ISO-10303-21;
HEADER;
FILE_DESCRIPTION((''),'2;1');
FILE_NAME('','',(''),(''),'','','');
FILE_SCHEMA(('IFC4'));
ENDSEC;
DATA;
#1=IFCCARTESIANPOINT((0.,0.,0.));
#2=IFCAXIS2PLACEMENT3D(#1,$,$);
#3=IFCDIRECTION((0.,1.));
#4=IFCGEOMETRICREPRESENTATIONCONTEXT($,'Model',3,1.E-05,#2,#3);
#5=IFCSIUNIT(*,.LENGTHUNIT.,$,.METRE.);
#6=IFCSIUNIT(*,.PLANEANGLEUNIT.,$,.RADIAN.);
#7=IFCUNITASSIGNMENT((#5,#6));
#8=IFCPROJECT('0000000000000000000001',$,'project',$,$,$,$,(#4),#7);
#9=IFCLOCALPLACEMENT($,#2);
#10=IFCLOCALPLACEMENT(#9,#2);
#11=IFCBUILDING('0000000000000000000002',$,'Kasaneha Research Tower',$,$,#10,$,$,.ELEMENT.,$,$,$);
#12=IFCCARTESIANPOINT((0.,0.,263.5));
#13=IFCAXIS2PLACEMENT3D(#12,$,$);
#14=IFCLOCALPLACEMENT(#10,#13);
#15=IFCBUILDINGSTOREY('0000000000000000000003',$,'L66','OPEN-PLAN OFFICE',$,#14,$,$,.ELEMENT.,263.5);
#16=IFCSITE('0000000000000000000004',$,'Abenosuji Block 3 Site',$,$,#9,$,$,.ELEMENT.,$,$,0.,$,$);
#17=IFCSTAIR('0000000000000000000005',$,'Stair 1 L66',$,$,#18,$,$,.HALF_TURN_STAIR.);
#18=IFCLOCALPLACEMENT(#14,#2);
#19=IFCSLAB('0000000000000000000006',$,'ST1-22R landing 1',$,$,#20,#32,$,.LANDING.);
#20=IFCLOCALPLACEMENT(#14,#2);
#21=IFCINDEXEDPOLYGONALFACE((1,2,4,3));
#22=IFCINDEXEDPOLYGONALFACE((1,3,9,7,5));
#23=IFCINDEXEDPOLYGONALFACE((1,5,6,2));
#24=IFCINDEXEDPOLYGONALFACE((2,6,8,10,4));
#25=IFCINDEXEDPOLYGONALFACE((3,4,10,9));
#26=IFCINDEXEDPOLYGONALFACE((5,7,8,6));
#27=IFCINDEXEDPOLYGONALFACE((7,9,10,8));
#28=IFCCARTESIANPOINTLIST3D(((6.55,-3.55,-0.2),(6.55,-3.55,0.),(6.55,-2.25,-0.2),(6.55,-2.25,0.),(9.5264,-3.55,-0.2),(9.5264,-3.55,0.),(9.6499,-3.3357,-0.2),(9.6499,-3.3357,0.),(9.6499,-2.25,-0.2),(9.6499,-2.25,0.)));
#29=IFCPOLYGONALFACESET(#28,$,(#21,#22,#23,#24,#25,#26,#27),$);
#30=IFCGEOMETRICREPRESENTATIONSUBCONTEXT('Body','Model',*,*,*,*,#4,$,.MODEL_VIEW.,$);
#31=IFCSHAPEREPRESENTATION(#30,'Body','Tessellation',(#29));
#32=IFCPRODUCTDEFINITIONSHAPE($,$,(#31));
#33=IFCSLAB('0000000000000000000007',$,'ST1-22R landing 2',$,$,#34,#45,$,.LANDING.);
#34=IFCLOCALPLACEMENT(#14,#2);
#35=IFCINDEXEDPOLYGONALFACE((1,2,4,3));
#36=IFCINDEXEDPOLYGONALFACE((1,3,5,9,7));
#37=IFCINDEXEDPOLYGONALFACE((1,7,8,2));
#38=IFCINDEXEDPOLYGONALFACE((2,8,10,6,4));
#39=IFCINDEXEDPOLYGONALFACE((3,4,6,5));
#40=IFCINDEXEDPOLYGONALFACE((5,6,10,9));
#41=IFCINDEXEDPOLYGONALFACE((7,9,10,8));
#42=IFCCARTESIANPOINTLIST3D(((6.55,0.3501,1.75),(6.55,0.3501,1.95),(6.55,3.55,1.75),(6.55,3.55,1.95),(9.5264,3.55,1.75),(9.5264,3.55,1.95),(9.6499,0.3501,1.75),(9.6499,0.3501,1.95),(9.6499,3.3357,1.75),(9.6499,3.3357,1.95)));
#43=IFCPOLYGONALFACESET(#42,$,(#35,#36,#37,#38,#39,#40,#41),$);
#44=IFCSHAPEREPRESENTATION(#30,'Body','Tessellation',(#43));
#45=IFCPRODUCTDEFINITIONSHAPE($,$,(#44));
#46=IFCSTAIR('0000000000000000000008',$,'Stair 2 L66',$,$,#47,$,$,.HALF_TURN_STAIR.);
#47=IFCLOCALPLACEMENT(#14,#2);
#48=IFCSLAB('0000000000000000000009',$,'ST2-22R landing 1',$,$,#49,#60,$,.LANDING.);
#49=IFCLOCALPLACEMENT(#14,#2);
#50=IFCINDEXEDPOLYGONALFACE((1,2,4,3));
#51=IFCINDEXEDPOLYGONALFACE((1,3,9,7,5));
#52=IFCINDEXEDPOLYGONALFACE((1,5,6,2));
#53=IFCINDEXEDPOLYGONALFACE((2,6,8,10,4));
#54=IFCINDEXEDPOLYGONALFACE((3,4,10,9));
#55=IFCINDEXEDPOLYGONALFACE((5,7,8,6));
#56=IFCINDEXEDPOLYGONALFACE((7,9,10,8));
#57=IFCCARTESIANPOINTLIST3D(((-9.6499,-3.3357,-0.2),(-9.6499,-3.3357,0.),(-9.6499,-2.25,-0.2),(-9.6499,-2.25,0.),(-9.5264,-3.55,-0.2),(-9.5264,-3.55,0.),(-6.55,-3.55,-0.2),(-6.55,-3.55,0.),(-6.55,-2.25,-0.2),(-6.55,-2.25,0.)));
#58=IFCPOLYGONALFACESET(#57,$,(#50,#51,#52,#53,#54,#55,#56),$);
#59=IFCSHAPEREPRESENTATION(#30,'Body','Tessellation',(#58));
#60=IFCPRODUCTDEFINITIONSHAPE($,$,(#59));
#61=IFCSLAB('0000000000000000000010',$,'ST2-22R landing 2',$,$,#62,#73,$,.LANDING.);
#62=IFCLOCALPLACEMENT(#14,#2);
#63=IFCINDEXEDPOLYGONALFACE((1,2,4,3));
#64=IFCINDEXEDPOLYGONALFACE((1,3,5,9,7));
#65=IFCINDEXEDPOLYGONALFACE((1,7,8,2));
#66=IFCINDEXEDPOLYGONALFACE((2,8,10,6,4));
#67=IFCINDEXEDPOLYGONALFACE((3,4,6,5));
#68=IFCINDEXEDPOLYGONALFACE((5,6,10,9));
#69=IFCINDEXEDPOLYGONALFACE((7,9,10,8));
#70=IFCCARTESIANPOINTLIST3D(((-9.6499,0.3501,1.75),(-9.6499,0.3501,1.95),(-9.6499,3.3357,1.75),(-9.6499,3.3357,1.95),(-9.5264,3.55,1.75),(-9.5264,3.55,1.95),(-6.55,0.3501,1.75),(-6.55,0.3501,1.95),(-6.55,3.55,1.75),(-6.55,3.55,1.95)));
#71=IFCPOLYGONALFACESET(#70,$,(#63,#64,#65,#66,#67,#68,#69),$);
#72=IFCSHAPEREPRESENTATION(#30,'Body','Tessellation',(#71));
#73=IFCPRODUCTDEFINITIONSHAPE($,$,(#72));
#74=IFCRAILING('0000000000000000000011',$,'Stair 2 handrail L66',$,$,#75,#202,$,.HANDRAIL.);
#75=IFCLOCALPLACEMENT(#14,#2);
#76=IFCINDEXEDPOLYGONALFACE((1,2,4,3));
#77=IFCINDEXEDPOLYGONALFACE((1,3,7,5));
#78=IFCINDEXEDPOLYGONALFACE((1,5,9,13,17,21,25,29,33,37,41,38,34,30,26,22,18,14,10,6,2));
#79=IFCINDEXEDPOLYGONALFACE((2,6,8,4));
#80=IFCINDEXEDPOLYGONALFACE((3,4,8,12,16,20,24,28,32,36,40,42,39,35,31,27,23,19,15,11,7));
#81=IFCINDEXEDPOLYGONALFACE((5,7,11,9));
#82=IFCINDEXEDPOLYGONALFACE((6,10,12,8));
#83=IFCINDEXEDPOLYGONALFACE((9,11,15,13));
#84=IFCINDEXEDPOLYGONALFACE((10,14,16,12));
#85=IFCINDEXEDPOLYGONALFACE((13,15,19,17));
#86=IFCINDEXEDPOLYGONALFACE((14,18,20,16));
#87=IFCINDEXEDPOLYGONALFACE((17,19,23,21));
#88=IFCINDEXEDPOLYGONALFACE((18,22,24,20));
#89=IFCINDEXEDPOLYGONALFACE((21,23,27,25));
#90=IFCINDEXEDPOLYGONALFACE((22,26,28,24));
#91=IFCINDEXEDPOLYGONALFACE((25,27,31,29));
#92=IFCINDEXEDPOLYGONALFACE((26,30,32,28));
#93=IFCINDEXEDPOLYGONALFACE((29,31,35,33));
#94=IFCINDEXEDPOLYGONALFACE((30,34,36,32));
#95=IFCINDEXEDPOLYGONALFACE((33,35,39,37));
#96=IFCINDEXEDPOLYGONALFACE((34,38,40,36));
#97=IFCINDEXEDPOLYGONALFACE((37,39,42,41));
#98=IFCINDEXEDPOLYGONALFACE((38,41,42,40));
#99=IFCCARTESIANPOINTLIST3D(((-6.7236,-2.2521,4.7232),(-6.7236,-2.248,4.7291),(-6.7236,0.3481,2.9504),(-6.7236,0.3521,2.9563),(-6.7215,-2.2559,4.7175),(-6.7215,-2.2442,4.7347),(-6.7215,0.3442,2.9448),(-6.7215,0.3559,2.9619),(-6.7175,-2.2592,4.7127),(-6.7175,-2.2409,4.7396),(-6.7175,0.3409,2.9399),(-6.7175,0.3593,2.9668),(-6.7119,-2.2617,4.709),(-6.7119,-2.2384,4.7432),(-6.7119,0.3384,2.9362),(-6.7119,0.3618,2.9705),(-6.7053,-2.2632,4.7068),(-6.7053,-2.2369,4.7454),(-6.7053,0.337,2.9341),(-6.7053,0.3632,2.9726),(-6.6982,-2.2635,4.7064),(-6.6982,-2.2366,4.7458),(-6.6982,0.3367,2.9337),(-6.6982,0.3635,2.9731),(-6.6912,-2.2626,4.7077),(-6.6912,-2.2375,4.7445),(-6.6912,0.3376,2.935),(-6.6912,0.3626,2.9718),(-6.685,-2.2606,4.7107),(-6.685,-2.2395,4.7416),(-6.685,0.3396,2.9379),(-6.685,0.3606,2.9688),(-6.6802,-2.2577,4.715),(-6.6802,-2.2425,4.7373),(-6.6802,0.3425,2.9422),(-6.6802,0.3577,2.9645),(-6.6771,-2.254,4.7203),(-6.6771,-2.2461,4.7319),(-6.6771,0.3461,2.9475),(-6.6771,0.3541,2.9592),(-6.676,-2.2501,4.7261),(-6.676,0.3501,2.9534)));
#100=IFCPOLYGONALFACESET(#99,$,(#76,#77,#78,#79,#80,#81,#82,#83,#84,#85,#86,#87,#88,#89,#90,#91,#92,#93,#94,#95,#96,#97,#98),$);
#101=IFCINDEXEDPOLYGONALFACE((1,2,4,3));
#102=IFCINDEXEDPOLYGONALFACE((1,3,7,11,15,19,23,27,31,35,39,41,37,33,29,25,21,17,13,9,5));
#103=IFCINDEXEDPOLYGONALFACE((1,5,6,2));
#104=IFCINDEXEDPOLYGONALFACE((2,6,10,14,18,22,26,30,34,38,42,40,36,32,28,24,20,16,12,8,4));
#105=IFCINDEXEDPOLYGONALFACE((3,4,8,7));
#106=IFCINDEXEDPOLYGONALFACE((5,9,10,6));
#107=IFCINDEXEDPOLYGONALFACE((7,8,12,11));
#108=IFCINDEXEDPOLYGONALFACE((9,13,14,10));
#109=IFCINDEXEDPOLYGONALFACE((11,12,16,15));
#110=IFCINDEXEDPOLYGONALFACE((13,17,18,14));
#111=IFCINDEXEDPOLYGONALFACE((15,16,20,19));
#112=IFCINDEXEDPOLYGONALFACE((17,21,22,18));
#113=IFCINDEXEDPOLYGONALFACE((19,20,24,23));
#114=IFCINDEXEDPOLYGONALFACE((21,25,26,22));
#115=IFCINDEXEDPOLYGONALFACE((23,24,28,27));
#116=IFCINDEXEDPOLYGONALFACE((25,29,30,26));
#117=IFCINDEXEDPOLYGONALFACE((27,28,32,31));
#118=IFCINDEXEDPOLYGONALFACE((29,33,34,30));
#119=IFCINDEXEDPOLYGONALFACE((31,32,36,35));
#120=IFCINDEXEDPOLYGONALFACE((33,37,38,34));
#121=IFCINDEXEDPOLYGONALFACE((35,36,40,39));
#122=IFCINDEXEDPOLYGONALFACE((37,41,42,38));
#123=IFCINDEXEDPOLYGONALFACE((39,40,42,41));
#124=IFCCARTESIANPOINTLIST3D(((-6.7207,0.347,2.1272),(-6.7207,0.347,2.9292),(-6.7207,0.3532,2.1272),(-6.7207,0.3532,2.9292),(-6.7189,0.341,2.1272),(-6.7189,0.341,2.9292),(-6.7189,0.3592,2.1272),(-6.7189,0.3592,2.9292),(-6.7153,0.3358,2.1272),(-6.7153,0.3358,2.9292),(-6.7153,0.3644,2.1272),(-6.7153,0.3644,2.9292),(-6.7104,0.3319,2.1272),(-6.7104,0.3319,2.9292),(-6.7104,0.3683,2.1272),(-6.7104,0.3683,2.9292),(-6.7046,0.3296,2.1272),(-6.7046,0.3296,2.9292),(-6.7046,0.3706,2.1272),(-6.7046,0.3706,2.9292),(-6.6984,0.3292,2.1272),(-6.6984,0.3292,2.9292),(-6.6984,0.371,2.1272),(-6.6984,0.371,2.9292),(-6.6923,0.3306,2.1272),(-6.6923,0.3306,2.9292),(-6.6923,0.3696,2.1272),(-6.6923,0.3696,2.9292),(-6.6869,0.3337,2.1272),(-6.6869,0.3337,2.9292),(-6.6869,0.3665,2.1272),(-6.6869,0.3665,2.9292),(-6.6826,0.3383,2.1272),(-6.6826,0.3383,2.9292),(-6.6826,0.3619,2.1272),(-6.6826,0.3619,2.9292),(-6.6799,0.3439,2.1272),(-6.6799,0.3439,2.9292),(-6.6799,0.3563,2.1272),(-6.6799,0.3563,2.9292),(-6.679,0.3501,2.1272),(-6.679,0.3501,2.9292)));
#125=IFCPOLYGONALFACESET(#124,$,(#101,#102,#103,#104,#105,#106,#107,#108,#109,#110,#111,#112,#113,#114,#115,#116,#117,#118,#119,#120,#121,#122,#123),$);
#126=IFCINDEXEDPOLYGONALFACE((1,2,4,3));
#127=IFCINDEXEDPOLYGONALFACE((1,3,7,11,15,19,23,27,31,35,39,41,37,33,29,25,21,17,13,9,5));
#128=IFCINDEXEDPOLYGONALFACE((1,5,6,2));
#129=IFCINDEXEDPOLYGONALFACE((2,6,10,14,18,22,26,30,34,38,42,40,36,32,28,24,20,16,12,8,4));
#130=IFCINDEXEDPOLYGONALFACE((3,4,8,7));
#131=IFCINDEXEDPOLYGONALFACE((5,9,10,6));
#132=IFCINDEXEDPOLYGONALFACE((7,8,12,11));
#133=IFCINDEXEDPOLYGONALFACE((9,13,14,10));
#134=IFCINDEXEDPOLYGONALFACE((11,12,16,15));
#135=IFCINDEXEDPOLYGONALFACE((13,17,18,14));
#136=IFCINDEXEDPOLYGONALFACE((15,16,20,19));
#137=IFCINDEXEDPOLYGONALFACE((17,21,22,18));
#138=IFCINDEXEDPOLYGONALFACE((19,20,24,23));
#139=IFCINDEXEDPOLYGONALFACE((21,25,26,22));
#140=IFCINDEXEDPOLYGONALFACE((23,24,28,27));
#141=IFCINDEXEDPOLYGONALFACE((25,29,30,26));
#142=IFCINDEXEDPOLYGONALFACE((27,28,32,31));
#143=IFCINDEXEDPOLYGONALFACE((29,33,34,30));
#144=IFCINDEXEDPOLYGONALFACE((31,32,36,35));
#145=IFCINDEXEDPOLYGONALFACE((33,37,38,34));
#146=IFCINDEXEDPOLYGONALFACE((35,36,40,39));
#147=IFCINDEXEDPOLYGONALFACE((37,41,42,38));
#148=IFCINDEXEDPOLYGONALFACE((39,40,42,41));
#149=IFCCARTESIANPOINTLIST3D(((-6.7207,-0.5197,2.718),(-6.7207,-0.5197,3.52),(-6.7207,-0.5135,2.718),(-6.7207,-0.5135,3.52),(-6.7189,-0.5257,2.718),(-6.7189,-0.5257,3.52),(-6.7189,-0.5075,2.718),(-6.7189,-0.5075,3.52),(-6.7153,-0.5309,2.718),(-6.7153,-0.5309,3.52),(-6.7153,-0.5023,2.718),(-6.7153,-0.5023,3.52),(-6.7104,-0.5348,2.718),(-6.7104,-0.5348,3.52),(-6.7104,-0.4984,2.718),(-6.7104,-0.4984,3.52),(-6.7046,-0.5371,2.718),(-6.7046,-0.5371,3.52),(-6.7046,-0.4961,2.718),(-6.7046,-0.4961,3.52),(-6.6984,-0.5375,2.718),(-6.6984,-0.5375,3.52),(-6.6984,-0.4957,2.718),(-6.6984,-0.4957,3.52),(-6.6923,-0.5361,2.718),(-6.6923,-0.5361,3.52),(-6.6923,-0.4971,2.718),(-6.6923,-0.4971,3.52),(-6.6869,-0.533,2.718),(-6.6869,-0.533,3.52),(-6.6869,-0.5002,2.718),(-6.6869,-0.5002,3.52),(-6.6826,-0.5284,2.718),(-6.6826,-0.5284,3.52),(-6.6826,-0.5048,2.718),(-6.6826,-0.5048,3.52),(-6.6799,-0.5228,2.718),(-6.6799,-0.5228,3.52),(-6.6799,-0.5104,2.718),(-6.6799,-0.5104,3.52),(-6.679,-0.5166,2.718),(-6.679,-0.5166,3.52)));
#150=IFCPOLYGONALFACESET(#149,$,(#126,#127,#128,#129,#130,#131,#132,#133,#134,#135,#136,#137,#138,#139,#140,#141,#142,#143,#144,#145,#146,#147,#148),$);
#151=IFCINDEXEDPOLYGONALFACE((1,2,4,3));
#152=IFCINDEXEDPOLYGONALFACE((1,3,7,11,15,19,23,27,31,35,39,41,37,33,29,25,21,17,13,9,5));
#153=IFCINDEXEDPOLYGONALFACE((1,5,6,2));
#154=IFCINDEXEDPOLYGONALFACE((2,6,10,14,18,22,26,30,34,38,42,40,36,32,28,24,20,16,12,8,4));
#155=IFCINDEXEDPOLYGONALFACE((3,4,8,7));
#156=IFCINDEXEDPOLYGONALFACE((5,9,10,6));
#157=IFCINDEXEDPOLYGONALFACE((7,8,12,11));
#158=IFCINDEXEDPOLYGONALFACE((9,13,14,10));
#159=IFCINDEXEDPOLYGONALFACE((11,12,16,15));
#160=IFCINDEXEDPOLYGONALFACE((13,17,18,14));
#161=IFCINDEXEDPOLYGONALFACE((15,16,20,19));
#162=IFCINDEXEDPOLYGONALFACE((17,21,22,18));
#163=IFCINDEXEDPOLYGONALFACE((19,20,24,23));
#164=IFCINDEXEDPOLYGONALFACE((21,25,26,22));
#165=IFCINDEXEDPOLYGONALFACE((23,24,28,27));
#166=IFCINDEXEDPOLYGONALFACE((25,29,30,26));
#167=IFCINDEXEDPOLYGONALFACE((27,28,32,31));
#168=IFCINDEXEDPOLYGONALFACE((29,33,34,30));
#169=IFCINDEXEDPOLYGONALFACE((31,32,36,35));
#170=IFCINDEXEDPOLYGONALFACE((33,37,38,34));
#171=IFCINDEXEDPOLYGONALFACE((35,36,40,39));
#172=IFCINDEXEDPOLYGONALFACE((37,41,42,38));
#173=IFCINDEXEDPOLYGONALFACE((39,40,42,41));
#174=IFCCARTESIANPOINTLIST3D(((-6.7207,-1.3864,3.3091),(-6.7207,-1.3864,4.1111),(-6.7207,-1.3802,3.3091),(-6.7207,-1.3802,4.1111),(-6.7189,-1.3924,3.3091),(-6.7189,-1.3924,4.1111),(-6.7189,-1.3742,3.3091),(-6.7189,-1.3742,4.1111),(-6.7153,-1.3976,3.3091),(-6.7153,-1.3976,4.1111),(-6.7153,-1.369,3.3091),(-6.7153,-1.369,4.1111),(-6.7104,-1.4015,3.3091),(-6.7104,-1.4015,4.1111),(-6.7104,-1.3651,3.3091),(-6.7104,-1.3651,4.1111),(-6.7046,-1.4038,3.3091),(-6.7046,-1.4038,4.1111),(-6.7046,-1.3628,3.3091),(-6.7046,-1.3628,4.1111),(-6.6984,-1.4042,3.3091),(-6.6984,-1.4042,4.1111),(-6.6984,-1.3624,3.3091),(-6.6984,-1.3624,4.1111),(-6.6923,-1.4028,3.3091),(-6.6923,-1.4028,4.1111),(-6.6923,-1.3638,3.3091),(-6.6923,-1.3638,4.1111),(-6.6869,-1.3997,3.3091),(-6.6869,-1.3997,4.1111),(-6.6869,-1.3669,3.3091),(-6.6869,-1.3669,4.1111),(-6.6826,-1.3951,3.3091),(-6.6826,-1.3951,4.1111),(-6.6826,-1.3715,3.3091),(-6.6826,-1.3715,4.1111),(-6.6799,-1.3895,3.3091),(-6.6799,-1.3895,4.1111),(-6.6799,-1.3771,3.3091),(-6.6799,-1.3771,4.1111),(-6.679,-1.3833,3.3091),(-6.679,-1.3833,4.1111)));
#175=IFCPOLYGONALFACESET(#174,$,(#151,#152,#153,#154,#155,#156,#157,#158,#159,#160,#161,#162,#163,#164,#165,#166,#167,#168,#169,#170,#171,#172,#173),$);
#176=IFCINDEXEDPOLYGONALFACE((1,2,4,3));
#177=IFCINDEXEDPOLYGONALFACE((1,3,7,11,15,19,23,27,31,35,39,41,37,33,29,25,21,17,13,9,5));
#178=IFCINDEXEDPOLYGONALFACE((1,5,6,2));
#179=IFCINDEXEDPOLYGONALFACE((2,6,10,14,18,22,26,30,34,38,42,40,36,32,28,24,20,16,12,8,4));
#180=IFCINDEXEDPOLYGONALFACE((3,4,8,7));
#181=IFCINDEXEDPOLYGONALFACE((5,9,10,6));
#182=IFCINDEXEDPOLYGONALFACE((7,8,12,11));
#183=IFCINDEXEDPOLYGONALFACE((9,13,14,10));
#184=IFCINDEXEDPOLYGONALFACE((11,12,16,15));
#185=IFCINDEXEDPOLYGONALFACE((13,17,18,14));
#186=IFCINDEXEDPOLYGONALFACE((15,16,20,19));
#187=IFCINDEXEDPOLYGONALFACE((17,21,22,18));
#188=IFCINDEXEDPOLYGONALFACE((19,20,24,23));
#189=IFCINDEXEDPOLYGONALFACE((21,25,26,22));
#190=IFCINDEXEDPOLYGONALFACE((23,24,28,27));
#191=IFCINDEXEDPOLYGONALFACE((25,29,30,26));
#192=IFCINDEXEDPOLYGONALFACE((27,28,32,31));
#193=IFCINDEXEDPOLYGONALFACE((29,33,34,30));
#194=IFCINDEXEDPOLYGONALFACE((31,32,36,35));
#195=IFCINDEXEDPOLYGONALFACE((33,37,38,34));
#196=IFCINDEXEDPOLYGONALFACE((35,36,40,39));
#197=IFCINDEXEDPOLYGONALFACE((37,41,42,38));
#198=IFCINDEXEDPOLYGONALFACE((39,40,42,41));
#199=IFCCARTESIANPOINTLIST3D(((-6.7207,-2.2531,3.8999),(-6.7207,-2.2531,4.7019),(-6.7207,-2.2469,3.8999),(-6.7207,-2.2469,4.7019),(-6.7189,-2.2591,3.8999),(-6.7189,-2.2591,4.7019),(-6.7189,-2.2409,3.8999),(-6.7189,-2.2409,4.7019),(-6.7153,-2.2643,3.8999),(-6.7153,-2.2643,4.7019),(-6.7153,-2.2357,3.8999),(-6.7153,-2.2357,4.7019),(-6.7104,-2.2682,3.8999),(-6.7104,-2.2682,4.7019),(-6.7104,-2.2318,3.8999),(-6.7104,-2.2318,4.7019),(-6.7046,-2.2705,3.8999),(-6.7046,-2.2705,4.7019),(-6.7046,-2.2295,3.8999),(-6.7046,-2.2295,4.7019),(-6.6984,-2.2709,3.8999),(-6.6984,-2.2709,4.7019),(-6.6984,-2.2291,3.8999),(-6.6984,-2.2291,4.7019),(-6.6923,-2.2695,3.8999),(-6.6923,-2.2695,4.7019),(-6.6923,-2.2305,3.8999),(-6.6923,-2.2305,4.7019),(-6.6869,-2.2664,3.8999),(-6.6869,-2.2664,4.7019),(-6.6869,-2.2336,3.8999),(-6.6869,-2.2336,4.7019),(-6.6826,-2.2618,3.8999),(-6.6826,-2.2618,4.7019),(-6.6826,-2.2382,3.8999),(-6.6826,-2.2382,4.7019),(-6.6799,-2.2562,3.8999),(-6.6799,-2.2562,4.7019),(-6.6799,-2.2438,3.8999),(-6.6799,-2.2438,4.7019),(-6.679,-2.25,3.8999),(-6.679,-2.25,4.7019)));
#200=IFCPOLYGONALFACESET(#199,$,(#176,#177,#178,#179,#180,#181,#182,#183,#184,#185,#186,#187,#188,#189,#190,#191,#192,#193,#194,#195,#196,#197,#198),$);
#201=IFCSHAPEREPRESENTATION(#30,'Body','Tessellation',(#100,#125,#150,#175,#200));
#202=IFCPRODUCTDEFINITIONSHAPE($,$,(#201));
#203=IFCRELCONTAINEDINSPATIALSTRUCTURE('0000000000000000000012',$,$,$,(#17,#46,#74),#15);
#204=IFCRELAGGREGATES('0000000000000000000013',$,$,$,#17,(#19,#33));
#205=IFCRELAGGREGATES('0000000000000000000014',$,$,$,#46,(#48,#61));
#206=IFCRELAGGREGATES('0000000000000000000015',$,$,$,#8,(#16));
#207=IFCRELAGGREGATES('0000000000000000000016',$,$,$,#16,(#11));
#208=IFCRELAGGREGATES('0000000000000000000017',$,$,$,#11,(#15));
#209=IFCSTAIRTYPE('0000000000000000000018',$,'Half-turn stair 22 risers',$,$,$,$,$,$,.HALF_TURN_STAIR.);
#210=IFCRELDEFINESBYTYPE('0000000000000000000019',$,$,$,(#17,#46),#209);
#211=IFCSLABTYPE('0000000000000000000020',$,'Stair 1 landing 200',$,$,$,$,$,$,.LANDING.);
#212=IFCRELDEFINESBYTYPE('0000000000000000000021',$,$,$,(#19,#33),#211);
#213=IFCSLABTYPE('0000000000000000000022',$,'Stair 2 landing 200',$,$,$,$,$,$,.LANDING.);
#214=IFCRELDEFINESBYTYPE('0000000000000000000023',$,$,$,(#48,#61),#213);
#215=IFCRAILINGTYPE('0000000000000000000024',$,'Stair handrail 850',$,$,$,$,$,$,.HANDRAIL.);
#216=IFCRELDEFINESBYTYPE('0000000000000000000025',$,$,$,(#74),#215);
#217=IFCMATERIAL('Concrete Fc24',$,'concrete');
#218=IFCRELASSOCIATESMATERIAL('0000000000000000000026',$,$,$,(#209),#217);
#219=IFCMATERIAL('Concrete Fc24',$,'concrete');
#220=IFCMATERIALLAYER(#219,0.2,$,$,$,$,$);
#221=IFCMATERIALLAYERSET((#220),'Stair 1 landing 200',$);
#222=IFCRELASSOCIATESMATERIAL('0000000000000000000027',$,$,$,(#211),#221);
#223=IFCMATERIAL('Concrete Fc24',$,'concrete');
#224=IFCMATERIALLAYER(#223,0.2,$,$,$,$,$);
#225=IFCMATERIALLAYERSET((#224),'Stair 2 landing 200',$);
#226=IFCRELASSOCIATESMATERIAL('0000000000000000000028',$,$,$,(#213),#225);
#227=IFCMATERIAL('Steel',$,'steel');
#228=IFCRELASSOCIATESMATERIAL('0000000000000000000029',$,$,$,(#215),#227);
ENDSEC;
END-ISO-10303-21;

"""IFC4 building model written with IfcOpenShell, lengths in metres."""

from ifc_helpers import new_model, si_unit, direction, frame, origin, origin_2d, place, context, subcontext, project, spatial, polyline, circle, outline, extrude, material, layer, layer_set, type_object, element, aggregate, save


model = new_model("IFC4")

# Units and contexts
model_context = context("Model", 3, precision=1e-05, world=origin(), true_north=direction((0.0, 1.0)))
body_context = subcontext(model_context, "Body", "Model", "MODEL_VIEW")
ifc_project = project(units=[si_unit("LENGTHUNIT", "METRE"), si_unit("PLANEANGLEUNIT", "RADIAN")], contexts=[model_context])

# Site, building, storey
site_placement = place(None, origin())
site = spatial("IfcSite", under=ifc_project, at=site_placement, Name="Abenosuji Block 3 Site", CompositionType="ELEMENT", RefElevation=0.0)
building_placement = place(site_placement, origin())
building = spatial("IfcBuilding", under=site, at=building_placement, Name="Kasaneha Research Tower", CompositionType="ELEMENT")
storey_placement = place(building_placement, frame((0.0, 0.0, 263.5)))
storey = spatial("IfcBuildingStorey", under=building, at=storey_placement, Name="L66", Description="OPEN-PLAN OFFICE", CompositionType="ELEMENT", Elevation=263.5)

# Stairs, slabs
ifc_material_1 = material(Name="Concrete Fc24", Category="concrete")
stair_type = type_object("IfcStairType", Name="Half-turn stair 22 risers", PredefinedType="HALF_TURN_STAIR", material=ifc_material_1)
stair_1_placement = place(storey_placement, origin())
stair_1 = element("IfcStair", 1, at=stair_1_placement, inside=storey, type_object=stair_type, Name="Stair 1 L66", PredefinedType="HALF_TURN_STAIR")
ifc_material_2 = material(Name="Concrete Fc24", Category="concrete")
ifc_layer_1 = layer(ifc_material_2, 0.2)
ifc_layer_set_1 = layer_set([ifc_layer_1], Name="Stair 1 landing 200")
slab_type_1 = type_object("IfcSlabType", Name="Stair 1 landing 200", PredefinedType="LANDING", material=ifc_layer_set_1)
slab_1_placement = place(storey_placement, frame((0.0, 0.0, -0.2)))
slab_1 = element("IfcSlab", 2, at=slab_1_placement, type_object=slab_type_1, Name="ST1-22R landing 1", PredefinedType="LANDING", context=body_context, shape_type="SweptSolid", body=[
    extrude(outline(polyline([(9.5264, -3.55), (6.55, -3.55), (6.55, -2.25), (9.6499, -2.25), (9.6499, -3.3357), (9.5264, -3.55)])), origin(), (0.0, 0.0, 1.0), 0.2),
])
slab_2_placement = place(storey_placement, frame((0.0, 0.0, 1.75)))
slab_2 = element("IfcSlab", 3, at=slab_2_placement, type_object=slab_type_1, Name="ST1-22R landing 2", PredefinedType="LANDING", context=body_context, shape_type="SweptSolid", body=[
    extrude(outline(polyline([(6.55, 3.55), (9.5264, 3.55), (9.6499, 3.3357), (9.6499, 0.3501), (6.55, 0.3501), (6.55, 3.55)])), origin(), (0.0, 0.0, 1.0), 0.2),
])
aggregate(stair_1, [slab_1, slab_2])
stair_2_placement = place(storey_placement, origin())
stair_2 = element("IfcStair", 4, at=stair_2_placement, inside=storey, type_object=stair_type, Name="Stair 2 L66", PredefinedType="HALF_TURN_STAIR")
ifc_material_3 = material(Name="Concrete Fc24", Category="concrete")
ifc_layer_2 = layer(ifc_material_3, 0.2)
ifc_layer_set_2 = layer_set([ifc_layer_2], Name="Stair 2 landing 200")
slab_type_2 = type_object("IfcSlabType", Name="Stair 2 landing 200", PredefinedType="LANDING", material=ifc_layer_set_2)
slab_3_placement = place(storey_placement, frame((0.0, 0.0, -0.2)))
slab_3 = element("IfcSlab", 5, at=slab_3_placement, type_object=slab_type_2, Name="ST2-22R landing 1", PredefinedType="LANDING", context=body_context, shape_type="SweptSolid", body=[
    extrude(outline(polyline([(-6.55, -3.55), (-9.5264, -3.55), (-9.6499, -3.3357), (-9.6499, -2.25), (-6.55, -2.25), (-6.55, -3.55)])), origin(), (0.0, 0.0, 1.0), 0.2),
])
slab_4_placement = place(storey_placement, frame((0.0, 0.0, 1.75)))
slab_4 = element("IfcSlab", 6, at=slab_4_placement, type_object=slab_type_2, Name="ST2-22R landing 2", PredefinedType="LANDING", context=body_context, shape_type="SweptSolid", body=[
    extrude(outline(polyline([(-6.55, 0.3501), (-9.6499, 0.3501), (-9.6499, 3.3357), (-9.5264, 3.55), (-6.55, 3.55), (-6.55, 0.3501)])), origin(), (0.0, 0.0, 1.0), 0.2),
])
aggregate(stair_2, [slab_3, slab_4])

# Railing
ifc_material_4 = material(Name="Steel", Category="steel")
railing_type = type_object("IfcRailingType", Name="Stair handrail 850", PredefinedType="HANDRAIL", material=ifc_material_4)
railing_placement = place(storey_placement, frame((-6.7, 0.3501, 2.1272)))
element("IfcRailing", 7, at=railing_placement, inside=storey, type_object=railing_type, Name="Stair 2 handrail L66", PredefinedType="HANDRAIL", context=body_context, shape_type="SweptSolid", body=[
    extrude(circle(Radius=0.0239, at=origin_2d()), frame((0.0, 0.0, 0.8262), z_axis=(0.0, -0.82624, 0.563318), x_axis=(1.0, 0.0, 0.0)), (0.0, 0.0, 1.0), 3.147),
    extrude(circle(Radius=0.021, at=origin_2d()), origin(), (0.0, 0.0, 1.0), 0.802),
    extrude(circle(Radius=0.021, at=origin_2d()), frame((0.0, -0.8667, 0.5908)), (0.0, 0.0, 1.0), 0.802),
    extrude(circle(Radius=0.021, at=origin_2d()), frame((0.0, -1.7334, 1.1819)), (0.0, 0.0, 1.0), 0.802),
    extrude(circle(Radius=0.021, at=origin_2d()), frame((0.0, -2.6001, 1.7727)), (0.0, 0.0, 1.0), 0.802),
])

save(model, "model.ifc")
